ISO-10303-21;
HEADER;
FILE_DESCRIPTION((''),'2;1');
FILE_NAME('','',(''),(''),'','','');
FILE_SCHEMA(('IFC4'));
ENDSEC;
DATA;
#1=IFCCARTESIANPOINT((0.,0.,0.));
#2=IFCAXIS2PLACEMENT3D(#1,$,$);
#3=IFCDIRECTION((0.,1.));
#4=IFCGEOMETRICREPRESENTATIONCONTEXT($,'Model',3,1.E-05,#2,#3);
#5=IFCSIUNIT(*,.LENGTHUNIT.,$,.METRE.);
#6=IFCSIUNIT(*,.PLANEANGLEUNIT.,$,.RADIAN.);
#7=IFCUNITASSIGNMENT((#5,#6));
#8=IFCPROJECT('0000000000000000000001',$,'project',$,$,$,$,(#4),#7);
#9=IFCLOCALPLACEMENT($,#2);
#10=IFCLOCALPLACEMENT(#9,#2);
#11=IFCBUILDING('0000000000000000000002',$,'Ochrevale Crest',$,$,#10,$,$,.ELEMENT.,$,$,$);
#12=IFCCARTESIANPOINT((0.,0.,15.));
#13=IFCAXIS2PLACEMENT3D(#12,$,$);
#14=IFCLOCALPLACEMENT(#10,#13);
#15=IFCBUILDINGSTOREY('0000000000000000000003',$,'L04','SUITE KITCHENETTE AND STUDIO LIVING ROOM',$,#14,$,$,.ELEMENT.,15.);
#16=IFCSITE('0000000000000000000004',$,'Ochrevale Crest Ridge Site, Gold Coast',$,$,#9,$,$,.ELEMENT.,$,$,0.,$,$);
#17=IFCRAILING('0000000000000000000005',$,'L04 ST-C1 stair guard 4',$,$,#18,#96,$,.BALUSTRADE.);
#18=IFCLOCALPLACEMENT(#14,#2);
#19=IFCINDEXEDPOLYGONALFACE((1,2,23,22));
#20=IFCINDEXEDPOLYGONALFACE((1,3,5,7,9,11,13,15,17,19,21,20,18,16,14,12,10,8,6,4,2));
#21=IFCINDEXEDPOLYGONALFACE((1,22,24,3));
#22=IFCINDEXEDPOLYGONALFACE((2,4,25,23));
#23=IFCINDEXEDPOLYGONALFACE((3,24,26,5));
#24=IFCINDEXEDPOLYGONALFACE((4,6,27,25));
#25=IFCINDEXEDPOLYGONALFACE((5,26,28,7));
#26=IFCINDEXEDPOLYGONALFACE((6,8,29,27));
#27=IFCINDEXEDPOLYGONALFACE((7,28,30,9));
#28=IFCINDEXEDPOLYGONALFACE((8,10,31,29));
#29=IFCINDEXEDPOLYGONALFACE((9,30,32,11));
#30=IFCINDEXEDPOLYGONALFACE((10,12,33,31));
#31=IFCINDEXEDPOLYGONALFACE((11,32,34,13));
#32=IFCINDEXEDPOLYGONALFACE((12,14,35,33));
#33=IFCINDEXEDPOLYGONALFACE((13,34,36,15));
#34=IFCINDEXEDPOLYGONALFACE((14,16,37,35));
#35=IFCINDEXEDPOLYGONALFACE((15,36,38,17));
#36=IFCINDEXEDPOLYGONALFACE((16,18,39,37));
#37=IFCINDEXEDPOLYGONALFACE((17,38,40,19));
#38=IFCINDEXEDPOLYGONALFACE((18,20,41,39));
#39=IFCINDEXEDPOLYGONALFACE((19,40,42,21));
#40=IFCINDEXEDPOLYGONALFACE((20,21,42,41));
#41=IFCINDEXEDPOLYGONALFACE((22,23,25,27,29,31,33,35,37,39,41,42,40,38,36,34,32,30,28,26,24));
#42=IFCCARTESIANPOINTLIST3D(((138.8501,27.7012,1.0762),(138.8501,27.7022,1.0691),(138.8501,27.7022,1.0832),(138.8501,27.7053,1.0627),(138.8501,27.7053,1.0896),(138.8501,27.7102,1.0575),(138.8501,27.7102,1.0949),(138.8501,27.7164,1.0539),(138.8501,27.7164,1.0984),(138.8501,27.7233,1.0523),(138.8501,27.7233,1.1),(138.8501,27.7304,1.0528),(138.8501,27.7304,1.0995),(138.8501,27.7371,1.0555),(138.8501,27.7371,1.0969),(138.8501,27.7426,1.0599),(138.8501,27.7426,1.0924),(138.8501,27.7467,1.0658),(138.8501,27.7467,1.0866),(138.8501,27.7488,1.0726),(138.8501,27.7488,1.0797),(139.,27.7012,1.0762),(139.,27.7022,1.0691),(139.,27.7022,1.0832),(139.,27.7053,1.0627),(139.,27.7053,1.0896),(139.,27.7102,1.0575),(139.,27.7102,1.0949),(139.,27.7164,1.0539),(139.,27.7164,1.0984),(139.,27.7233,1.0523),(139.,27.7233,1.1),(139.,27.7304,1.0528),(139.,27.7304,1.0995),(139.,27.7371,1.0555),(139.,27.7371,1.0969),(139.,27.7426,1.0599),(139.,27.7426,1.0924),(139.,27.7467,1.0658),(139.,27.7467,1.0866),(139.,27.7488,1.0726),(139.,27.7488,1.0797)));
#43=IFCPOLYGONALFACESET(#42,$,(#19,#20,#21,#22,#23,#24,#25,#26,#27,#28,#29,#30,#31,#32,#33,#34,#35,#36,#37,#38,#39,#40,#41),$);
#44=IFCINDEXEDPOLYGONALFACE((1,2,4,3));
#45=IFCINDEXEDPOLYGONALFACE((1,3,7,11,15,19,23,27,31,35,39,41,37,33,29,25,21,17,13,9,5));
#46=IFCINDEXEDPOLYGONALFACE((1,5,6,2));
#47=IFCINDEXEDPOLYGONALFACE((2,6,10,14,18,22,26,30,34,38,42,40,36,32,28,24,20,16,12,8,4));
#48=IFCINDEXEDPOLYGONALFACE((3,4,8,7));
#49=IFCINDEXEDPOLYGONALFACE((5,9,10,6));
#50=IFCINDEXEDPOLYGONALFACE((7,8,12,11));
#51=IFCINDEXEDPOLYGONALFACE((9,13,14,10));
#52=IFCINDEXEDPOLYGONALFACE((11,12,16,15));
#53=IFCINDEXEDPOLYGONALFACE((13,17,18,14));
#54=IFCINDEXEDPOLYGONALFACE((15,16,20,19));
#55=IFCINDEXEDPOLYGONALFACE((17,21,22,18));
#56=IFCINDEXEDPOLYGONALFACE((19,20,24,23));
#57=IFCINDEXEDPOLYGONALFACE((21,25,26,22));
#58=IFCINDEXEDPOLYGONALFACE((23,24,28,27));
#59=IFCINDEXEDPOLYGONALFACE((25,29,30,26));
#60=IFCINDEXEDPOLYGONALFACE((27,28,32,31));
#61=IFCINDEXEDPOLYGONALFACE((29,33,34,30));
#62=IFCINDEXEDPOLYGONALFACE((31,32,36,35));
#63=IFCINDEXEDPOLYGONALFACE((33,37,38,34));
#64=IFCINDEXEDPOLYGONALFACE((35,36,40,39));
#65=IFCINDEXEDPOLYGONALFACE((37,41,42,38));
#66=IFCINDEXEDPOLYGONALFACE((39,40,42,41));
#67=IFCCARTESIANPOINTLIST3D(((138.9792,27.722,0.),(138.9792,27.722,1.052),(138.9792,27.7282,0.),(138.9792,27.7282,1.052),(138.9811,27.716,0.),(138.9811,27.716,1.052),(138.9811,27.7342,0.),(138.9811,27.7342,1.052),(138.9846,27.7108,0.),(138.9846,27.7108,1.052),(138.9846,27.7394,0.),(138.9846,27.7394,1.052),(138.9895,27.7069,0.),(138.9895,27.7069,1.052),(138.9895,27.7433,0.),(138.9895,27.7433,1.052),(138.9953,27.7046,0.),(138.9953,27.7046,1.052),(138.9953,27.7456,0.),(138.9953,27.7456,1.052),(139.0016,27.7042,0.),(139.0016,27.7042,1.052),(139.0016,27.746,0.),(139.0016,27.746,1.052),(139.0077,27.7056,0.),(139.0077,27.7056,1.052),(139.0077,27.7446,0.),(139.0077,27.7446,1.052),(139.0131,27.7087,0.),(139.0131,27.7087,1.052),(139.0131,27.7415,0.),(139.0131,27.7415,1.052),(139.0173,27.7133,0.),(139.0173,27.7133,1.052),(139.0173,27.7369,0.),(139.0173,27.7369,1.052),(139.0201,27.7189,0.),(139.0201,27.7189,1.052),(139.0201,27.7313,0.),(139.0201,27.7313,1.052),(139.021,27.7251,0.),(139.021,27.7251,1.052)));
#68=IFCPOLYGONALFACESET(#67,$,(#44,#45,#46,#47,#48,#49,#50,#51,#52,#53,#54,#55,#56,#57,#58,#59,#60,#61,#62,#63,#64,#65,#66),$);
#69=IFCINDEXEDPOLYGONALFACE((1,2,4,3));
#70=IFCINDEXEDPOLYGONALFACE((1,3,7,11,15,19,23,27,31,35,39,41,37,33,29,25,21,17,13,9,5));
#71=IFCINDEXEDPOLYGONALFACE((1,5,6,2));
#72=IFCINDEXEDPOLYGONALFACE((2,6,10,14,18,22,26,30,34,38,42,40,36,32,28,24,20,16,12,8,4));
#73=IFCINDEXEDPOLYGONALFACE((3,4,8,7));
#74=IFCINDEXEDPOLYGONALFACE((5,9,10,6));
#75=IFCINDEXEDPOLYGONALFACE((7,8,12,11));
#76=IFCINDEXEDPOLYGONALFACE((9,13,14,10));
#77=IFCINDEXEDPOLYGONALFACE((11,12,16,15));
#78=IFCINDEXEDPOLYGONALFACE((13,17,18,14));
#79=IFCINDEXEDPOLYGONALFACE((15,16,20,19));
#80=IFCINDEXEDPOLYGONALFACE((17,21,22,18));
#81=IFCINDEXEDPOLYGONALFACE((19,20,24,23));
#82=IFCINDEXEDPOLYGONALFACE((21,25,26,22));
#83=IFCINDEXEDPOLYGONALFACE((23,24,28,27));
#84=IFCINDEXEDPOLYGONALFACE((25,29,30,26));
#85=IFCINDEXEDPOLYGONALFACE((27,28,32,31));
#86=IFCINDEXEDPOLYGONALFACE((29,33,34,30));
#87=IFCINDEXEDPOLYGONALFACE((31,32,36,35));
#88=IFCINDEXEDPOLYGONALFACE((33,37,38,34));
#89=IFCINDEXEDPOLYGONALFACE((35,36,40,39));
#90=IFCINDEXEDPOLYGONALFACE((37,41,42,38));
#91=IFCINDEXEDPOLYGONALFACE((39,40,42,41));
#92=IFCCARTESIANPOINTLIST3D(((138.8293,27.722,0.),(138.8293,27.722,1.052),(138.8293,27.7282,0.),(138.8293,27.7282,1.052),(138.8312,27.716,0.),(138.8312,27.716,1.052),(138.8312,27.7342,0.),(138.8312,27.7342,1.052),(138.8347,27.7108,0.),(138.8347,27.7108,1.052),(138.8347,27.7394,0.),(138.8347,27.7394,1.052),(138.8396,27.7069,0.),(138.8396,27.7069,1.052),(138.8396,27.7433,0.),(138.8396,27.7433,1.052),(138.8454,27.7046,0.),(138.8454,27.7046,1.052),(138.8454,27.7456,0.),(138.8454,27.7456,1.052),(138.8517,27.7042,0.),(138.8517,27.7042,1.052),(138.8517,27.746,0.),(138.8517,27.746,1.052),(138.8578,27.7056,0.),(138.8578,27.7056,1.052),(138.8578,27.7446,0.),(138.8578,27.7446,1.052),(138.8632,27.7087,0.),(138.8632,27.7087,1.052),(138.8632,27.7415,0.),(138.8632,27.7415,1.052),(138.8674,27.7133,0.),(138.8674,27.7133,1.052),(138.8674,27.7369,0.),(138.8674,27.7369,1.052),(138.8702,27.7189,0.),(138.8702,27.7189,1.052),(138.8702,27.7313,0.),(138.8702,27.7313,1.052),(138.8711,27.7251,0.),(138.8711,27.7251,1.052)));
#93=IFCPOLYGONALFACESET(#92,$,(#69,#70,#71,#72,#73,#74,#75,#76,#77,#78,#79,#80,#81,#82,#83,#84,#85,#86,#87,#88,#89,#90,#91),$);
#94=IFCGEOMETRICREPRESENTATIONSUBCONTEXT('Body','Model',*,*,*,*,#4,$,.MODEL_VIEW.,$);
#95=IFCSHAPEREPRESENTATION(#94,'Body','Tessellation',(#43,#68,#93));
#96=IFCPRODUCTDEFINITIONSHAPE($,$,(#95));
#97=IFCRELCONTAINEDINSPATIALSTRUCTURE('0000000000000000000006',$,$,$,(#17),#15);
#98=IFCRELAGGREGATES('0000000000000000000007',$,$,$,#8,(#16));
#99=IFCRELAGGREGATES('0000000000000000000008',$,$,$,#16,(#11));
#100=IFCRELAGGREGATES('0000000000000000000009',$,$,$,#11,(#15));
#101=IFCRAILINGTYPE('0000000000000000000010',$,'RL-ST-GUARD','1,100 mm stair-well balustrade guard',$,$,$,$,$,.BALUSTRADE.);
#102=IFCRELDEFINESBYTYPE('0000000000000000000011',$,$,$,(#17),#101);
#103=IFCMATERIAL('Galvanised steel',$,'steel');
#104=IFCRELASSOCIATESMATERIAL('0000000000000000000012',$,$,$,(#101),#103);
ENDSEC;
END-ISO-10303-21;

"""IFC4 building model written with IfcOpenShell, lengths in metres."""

from ifc_helpers import new_model, si_unit, direction, frame, origin, origin_2d, place, context, subcontext, project, spatial, circle, extrude, material, type_object, element, save


model = new_model("IFC4")

# Units and contexts
model_context = context("Model", 3, precision=1e-05, world=origin(), true_north=direction((0.0, 1.0)))
body_context = subcontext(model_context, "Body", "Model", "MODEL_VIEW")
ifc_project = project(units=[si_unit("LENGTHUNIT", "METRE"), si_unit("PLANEANGLEUNIT", "RADIAN")], contexts=[model_context])

# Site, building, storey
site_placement = place(None, origin())
site = spatial("IfcSite", under=ifc_project, at=site_placement, Name="Ochrevale Crest Ridge Site, Gold Coast", CompositionType="ELEMENT", RefElevation=0.0)
building_placement = place(site_placement, origin())
building = spatial("IfcBuilding", under=site, at=building_placement, Name="Ochrevale Crest", CompositionType="ELEMENT")
storey_placement = place(building_placement, frame((0.0, 0.0, 15.0)))
storey = spatial("IfcBuildingStorey", under=building, at=storey_placement, Name="L04", Description="SUITE KITCHENETTE AND STUDIO LIVING ROOM", CompositionType="ELEMENT", Elevation=15.0)

# Railing
ifc_material_1 = material(Name="Galvanised steel", Category="steel")
railing_type_1 = type_object("IfcRailingType", Name="RL-ST-GUARD", Description="1,100 mm stair-well balustrade guard", PredefinedType="BALUSTRADE", material=ifc_material_1)
railing_1_placement = place(storey_placement, frame((139.0, 27.7251, 0.0)))
element("IfcRailing", 1, at=railing_1_placement, inside=storey, type_object=railing_type_1, Name="L04 ST-C1 stair guard 4", PredefinedType="BALUSTRADE", context=body_context, shape_type="SweptSolid", body=[
    extrude(circle(Radius=0.0239, at=origin_2d()), frame((0.0, 0.0, 1.0762), z_axis=(-1.0, 0.0, 0.0), x_axis=(0.0, -1.0, 0.0)), (0.0, 0.0, 1.0), 0.1499),
    extrude(circle(Radius=0.021, at=origin_2d()), origin(), (0.0, 0.0, 1.0), 1.052),
    extrude(circle(Radius=0.021, at=origin_2d()), frame((-0.1499, 0.0, 0.0)), (0.0, 0.0, 1.0), 1.052),
])

save(model, "model.ifc")
